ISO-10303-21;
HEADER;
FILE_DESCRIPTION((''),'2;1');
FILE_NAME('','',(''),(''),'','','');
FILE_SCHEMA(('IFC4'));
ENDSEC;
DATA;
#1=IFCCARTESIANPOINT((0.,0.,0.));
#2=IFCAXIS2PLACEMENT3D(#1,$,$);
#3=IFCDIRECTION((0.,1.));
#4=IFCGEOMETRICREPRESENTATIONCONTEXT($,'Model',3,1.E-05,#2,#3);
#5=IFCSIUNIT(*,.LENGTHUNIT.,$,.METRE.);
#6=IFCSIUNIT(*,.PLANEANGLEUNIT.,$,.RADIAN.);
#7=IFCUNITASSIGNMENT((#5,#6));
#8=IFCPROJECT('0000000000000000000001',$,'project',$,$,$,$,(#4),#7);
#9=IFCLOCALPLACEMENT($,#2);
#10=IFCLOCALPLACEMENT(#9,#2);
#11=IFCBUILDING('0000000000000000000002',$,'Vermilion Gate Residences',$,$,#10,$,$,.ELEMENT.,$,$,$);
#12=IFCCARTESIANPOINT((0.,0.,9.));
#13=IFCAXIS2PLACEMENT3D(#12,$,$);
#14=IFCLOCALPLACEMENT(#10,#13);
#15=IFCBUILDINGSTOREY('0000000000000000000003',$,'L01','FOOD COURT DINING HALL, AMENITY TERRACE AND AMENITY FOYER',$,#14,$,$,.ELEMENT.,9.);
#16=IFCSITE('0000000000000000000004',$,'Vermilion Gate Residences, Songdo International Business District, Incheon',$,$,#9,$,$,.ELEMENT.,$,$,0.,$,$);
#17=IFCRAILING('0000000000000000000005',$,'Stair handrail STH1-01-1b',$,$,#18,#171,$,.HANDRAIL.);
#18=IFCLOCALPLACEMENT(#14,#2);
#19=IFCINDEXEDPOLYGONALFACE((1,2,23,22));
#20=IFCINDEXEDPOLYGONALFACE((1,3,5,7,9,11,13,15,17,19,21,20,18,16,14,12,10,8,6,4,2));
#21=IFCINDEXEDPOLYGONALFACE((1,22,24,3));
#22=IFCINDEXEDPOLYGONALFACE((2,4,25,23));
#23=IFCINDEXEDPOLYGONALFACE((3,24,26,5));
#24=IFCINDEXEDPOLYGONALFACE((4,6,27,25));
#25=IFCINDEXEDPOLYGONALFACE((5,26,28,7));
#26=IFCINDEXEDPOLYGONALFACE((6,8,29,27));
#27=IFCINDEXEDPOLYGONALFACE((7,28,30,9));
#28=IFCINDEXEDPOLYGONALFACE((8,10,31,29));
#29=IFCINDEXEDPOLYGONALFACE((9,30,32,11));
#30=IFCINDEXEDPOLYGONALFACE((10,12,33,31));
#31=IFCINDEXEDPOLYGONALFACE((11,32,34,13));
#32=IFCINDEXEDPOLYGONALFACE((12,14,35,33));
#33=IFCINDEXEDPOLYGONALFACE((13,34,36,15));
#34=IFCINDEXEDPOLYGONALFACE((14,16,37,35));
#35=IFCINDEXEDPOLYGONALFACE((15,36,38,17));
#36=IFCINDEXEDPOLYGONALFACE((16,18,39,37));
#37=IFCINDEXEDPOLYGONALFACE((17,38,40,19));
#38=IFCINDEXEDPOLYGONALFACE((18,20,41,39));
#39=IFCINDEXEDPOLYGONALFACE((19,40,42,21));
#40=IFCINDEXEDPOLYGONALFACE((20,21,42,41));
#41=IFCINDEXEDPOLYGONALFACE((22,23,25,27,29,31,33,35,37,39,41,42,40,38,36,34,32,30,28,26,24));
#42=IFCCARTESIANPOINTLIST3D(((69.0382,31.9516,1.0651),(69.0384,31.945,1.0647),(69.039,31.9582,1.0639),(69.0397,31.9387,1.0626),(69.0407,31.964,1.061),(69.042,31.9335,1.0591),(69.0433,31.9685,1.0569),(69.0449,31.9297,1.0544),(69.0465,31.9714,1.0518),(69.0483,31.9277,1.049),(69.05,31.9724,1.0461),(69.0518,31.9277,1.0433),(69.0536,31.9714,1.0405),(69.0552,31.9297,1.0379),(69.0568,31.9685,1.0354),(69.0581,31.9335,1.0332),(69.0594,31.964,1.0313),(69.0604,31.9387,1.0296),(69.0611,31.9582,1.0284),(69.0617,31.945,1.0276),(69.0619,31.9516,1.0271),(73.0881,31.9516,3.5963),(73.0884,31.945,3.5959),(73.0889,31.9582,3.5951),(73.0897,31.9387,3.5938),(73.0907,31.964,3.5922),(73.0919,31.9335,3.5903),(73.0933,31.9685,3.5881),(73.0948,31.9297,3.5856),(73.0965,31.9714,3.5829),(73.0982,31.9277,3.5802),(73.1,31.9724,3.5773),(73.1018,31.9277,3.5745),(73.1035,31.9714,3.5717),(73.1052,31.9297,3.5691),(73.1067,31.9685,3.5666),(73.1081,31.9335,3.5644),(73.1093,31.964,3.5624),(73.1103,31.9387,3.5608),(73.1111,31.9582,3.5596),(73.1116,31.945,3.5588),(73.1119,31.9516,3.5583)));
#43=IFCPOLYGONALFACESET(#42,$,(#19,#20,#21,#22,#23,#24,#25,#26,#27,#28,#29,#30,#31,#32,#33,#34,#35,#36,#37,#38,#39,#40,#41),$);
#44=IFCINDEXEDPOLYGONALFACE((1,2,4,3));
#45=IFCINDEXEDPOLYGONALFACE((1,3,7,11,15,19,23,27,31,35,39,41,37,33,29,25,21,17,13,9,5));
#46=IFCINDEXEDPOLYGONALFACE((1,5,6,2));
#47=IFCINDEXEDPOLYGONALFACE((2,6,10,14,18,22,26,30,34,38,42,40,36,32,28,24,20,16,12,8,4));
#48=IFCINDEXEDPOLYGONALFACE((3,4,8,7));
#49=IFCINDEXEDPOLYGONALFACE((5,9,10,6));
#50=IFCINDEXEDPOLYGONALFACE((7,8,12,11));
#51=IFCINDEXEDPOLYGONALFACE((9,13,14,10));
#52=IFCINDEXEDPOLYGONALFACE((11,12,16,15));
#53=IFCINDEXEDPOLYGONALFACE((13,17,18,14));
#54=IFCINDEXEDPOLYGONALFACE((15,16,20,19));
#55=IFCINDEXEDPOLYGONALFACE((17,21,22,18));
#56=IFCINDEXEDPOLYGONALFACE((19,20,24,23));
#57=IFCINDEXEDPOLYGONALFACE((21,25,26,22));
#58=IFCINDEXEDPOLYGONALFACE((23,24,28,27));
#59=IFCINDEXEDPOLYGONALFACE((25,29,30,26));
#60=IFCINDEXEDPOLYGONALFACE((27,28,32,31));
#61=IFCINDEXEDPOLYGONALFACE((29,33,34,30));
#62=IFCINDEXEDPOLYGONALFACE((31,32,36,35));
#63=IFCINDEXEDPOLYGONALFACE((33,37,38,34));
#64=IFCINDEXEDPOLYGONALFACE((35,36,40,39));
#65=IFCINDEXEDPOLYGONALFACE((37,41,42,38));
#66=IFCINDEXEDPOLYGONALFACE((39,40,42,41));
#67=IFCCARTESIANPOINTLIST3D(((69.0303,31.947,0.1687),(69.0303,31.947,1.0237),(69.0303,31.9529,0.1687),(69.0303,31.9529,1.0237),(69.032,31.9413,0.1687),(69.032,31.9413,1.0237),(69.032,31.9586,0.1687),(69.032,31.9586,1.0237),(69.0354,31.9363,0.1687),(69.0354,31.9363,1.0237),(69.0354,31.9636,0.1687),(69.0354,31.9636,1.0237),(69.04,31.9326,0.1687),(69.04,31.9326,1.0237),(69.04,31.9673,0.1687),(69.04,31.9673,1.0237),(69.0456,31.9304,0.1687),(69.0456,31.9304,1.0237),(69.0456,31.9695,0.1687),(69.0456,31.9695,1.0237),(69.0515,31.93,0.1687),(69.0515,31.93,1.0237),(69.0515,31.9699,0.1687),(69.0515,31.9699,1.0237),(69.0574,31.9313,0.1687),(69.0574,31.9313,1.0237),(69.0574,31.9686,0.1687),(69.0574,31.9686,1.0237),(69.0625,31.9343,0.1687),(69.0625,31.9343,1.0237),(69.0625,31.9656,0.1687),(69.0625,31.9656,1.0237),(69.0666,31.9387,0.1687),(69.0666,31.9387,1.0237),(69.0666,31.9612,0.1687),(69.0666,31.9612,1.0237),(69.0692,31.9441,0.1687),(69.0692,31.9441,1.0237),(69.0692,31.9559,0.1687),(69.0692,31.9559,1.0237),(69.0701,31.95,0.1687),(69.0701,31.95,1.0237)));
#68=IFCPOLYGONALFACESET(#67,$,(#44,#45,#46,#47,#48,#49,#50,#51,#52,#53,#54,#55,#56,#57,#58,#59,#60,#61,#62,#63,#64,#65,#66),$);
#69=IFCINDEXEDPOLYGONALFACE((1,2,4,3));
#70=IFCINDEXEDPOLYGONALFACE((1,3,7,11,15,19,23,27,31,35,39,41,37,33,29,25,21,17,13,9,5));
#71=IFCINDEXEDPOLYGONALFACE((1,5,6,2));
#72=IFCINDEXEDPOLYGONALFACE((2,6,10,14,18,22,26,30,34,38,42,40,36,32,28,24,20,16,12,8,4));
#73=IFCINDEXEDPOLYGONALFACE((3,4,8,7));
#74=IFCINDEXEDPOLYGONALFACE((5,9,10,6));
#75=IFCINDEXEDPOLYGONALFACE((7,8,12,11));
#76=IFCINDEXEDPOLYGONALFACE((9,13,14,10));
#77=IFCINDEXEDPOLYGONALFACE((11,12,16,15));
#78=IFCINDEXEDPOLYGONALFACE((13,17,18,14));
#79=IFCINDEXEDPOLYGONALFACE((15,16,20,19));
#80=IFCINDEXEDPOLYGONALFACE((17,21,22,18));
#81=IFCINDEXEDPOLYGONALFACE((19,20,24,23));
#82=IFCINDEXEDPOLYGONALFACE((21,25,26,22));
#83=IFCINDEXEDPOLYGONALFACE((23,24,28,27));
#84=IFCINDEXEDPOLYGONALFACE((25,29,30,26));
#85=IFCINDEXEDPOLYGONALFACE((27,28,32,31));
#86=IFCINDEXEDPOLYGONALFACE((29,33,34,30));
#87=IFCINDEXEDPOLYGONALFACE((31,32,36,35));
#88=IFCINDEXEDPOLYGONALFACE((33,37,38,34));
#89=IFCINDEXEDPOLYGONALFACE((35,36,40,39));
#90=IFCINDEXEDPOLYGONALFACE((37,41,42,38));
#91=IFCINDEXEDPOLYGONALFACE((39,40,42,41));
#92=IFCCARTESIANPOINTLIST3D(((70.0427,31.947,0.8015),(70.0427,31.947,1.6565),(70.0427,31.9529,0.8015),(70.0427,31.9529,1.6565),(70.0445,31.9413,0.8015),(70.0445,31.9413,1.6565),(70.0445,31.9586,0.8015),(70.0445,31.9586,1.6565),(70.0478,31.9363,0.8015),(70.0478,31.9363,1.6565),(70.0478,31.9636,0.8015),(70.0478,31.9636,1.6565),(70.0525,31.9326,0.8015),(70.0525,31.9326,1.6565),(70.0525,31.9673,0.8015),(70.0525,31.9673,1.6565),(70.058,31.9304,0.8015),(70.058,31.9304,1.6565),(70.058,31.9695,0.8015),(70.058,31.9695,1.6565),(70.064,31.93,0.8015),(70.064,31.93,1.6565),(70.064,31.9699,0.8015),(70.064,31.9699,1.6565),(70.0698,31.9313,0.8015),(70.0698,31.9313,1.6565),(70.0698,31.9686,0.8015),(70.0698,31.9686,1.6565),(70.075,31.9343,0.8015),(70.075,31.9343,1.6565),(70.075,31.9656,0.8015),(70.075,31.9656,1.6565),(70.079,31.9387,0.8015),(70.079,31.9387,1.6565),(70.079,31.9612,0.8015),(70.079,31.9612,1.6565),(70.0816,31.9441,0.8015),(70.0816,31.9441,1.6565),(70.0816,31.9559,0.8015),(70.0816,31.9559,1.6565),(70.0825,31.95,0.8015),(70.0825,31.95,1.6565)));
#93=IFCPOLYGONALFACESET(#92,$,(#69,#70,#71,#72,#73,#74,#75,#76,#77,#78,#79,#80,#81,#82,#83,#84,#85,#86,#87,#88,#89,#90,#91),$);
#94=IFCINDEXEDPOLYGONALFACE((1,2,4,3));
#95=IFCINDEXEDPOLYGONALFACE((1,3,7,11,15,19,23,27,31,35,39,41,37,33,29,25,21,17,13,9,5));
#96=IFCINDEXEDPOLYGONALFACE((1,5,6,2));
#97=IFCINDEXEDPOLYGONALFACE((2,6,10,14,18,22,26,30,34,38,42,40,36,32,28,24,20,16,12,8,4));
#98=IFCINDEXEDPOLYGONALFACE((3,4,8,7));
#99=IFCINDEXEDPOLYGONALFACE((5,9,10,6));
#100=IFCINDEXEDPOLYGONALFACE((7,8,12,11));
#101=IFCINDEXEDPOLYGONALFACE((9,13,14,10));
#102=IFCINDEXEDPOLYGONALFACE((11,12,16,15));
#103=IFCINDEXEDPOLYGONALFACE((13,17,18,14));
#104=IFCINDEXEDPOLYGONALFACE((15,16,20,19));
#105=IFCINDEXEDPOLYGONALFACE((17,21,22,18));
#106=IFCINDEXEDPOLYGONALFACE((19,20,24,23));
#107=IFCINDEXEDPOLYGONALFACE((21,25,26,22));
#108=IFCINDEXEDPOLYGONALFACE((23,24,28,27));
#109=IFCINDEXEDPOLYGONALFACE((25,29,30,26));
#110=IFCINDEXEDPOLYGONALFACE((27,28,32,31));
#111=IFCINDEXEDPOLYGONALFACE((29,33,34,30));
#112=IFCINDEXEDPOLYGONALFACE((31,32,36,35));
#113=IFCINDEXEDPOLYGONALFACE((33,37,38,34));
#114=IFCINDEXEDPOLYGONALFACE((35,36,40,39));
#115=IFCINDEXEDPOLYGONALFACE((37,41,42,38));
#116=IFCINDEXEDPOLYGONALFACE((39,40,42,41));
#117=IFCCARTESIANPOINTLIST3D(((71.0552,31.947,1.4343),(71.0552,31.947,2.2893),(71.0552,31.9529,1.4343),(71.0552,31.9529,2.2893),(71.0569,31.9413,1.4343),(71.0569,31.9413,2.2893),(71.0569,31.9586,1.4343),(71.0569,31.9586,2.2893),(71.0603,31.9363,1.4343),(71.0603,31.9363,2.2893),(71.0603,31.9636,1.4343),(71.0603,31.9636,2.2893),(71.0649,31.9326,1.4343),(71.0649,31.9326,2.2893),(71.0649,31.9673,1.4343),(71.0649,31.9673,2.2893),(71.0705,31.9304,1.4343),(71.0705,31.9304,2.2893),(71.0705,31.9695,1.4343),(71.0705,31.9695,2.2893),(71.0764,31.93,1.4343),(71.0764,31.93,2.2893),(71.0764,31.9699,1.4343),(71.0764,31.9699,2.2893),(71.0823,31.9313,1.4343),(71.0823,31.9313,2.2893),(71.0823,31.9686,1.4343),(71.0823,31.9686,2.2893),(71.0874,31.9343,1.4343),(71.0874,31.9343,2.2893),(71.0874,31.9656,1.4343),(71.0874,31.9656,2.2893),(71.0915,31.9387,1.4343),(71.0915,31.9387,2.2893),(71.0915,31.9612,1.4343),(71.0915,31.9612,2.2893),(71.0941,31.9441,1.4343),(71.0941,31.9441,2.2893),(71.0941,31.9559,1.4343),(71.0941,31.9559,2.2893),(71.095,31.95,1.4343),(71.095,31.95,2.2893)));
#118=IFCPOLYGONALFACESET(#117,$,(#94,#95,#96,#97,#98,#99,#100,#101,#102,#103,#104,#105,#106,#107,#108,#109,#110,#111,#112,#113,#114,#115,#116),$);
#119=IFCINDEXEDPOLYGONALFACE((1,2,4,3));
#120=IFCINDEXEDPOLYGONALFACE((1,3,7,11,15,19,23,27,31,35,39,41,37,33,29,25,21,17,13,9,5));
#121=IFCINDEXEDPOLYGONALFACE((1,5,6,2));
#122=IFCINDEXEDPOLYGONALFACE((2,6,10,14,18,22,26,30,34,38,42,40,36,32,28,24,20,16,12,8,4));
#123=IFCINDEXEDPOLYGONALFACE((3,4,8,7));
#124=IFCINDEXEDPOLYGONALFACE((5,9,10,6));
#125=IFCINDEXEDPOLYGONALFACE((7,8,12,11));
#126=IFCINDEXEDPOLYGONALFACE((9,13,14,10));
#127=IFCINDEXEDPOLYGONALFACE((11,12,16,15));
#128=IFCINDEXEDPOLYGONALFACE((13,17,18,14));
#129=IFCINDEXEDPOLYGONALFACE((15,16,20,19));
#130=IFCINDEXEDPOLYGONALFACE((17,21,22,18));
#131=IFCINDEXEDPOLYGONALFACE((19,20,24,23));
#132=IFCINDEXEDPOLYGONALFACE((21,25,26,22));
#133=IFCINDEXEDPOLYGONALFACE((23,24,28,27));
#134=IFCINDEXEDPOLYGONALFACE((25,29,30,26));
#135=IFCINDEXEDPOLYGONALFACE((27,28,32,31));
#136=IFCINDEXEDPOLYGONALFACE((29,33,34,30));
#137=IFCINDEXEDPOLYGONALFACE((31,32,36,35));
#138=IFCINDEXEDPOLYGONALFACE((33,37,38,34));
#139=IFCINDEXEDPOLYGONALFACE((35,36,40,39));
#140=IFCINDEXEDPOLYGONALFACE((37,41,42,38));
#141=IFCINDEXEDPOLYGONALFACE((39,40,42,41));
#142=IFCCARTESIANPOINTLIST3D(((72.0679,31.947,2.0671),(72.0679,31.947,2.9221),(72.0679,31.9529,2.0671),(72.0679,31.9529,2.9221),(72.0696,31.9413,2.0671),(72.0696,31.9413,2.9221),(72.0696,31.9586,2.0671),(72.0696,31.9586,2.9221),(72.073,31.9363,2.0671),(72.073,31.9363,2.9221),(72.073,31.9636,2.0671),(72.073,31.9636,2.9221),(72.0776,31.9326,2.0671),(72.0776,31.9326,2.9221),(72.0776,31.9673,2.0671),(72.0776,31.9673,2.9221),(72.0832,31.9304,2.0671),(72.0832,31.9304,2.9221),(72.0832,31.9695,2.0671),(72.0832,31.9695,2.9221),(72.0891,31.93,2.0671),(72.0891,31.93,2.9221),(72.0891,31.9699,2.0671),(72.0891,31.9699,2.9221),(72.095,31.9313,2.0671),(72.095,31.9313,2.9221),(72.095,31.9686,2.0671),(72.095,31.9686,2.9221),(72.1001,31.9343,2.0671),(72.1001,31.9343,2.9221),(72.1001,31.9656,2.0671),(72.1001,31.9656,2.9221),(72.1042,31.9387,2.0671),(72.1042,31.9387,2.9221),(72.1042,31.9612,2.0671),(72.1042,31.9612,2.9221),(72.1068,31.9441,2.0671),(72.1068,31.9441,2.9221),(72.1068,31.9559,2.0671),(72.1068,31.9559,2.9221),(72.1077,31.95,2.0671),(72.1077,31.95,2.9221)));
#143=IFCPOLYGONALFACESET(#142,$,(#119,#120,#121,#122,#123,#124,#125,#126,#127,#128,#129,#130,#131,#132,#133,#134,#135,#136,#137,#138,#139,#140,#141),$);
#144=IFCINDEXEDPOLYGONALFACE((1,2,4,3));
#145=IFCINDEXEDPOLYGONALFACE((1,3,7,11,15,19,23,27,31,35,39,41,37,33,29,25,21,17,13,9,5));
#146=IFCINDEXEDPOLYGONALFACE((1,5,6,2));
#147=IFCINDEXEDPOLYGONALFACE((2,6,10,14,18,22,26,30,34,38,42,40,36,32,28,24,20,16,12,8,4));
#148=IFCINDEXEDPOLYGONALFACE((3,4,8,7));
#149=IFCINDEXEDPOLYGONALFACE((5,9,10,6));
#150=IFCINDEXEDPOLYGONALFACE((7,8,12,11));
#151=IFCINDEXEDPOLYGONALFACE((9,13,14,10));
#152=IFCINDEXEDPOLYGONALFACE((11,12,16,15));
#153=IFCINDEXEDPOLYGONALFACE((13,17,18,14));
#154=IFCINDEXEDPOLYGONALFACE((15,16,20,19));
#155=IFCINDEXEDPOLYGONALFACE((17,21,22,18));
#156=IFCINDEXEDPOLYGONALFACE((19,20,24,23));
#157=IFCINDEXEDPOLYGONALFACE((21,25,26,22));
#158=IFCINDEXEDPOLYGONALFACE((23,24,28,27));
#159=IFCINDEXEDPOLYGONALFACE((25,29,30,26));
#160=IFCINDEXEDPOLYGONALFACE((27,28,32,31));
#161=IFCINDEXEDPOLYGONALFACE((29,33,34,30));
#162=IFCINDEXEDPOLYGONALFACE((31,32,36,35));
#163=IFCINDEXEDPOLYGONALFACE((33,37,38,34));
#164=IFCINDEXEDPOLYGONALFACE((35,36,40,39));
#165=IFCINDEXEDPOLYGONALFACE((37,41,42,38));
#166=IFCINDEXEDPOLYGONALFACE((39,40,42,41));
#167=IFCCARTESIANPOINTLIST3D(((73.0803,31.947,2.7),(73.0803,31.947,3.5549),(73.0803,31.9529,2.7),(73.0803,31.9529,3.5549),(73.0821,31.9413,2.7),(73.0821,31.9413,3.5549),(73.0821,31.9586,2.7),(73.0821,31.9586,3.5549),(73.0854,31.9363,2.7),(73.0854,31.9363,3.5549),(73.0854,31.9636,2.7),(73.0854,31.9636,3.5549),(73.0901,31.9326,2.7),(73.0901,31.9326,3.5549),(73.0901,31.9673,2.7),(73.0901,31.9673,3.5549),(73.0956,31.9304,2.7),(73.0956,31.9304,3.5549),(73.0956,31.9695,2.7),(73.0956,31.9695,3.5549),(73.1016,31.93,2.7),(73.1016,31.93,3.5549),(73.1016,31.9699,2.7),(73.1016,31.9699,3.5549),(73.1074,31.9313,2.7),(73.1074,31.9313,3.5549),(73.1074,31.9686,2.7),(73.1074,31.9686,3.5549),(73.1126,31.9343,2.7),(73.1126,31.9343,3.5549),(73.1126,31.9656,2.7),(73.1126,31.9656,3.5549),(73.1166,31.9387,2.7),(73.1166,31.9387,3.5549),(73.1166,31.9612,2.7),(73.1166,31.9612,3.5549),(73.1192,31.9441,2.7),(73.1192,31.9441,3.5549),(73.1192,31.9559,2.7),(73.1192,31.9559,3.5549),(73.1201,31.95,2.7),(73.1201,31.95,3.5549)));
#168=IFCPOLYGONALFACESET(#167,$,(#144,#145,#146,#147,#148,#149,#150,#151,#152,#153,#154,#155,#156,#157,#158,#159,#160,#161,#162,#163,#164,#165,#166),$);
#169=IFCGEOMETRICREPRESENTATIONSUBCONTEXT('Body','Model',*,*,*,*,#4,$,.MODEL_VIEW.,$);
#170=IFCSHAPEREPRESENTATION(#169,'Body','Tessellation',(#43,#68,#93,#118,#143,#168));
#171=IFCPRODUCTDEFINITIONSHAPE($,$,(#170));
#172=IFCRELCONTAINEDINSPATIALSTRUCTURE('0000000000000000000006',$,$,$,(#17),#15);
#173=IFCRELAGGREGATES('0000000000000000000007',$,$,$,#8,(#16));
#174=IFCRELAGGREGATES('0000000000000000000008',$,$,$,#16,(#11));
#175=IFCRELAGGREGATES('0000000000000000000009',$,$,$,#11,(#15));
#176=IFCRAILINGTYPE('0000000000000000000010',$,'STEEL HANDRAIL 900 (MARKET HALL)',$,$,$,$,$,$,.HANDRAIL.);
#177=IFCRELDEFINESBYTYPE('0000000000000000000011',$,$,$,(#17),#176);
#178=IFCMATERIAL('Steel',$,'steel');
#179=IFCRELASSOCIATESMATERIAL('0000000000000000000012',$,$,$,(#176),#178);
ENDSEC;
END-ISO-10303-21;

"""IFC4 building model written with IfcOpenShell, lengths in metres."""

from ifc_helpers import new_model, si_unit, direction, frame, origin, origin_2d, place, context, subcontext, project, spatial, circle, extrude, material, type_object, element, save


model = new_model("IFC4")

# Units and contexts
model_context = context("Model", 3, precision=1e-05, world=origin(), true_north=direction((0.0, 1.0)))
body_context = subcontext(model_context, "Body", "Model", "MODEL_VIEW")
ifc_project = project(units=[si_unit("LENGTHUNIT", "METRE"), si_unit("PLANEANGLEUNIT", "RADIAN")], contexts=[model_context])

# Site, building, storey
site_placement = place(None, origin())
site = spatial("IfcSite", under=ifc_project, at=site_placement, Name="Vermilion Gate Residences, Songdo International Business District, Incheon", CompositionType="ELEMENT", RefElevation=0.0)
building_placement = place(site_placement, origin())
building = spatial("IfcBuilding", under=site, at=building_placement, Name="Vermilion Gate Residences", CompositionType="ELEMENT")
storey_placement = place(building_placement, frame((0.0, 0.0, 9.0)))
storey = spatial("IfcBuildingStorey", under=building, at=storey_placement, Name="L01", Description="FOOD COURT DINING HALL, AMENITY TERRACE AND AMENITY FOYER", CompositionType="ELEMENT", Elevation=9.0)

# Railing
ifc_material_1 = material(Name="Steel", Category="steel")
railing_type = type_object("IfcRailingType", Name="STEEL HANDRAIL 900 (MARKET HALL)", PredefinedType="HANDRAIL", material=ifc_material_1)
for number, where, name in (
    (1, (69.05, 31.95, 0.1687), "Stair handrail STH1-01-1b"),
):
    element("IfcRailing", number, at=place(storey_placement, frame(where)), inside=storey, type_object=railing_type, Name=name, PredefinedType="HANDRAIL", context=body_context, shape_type="SweptSolid", body=[
        extrude(circle(Radius=0.0225, at=origin_2d()), frame((0.0, 0.0, 0.8774), z_axis=(0.848001, 0.0, 0.529994), x_axis=(0.0, 1.0, 0.0)), (0.0, 0.0, 1.0), 4.7759),
        extrude(circle(Radius=0.02, at=origin_2d()), origin(), (0.0, 0.0, 1.0), 0.855),
        extrude(circle(Radius=0.02, at=origin_2d()), frame((1.0125, 0.0, 0.6328)), (0.0, 0.0, 1.0), 0.855),
        extrude(circle(Radius=0.02, at=origin_2d()), frame((2.0249, 0.0, 1.2656)), (0.0, 0.0, 1.0), 0.855),
        extrude(circle(Radius=0.02, at=origin_2d()), frame((3.0376, 0.0, 1.8984)), (0.0, 0.0, 1.0), 0.855),
        extrude(circle(Radius=0.02, at=origin_2d()), frame((4.05, 0.0, 2.5312)), (0.0, 0.0, 1.0), 0.855),
    ])

save(model, "model.ifc")
